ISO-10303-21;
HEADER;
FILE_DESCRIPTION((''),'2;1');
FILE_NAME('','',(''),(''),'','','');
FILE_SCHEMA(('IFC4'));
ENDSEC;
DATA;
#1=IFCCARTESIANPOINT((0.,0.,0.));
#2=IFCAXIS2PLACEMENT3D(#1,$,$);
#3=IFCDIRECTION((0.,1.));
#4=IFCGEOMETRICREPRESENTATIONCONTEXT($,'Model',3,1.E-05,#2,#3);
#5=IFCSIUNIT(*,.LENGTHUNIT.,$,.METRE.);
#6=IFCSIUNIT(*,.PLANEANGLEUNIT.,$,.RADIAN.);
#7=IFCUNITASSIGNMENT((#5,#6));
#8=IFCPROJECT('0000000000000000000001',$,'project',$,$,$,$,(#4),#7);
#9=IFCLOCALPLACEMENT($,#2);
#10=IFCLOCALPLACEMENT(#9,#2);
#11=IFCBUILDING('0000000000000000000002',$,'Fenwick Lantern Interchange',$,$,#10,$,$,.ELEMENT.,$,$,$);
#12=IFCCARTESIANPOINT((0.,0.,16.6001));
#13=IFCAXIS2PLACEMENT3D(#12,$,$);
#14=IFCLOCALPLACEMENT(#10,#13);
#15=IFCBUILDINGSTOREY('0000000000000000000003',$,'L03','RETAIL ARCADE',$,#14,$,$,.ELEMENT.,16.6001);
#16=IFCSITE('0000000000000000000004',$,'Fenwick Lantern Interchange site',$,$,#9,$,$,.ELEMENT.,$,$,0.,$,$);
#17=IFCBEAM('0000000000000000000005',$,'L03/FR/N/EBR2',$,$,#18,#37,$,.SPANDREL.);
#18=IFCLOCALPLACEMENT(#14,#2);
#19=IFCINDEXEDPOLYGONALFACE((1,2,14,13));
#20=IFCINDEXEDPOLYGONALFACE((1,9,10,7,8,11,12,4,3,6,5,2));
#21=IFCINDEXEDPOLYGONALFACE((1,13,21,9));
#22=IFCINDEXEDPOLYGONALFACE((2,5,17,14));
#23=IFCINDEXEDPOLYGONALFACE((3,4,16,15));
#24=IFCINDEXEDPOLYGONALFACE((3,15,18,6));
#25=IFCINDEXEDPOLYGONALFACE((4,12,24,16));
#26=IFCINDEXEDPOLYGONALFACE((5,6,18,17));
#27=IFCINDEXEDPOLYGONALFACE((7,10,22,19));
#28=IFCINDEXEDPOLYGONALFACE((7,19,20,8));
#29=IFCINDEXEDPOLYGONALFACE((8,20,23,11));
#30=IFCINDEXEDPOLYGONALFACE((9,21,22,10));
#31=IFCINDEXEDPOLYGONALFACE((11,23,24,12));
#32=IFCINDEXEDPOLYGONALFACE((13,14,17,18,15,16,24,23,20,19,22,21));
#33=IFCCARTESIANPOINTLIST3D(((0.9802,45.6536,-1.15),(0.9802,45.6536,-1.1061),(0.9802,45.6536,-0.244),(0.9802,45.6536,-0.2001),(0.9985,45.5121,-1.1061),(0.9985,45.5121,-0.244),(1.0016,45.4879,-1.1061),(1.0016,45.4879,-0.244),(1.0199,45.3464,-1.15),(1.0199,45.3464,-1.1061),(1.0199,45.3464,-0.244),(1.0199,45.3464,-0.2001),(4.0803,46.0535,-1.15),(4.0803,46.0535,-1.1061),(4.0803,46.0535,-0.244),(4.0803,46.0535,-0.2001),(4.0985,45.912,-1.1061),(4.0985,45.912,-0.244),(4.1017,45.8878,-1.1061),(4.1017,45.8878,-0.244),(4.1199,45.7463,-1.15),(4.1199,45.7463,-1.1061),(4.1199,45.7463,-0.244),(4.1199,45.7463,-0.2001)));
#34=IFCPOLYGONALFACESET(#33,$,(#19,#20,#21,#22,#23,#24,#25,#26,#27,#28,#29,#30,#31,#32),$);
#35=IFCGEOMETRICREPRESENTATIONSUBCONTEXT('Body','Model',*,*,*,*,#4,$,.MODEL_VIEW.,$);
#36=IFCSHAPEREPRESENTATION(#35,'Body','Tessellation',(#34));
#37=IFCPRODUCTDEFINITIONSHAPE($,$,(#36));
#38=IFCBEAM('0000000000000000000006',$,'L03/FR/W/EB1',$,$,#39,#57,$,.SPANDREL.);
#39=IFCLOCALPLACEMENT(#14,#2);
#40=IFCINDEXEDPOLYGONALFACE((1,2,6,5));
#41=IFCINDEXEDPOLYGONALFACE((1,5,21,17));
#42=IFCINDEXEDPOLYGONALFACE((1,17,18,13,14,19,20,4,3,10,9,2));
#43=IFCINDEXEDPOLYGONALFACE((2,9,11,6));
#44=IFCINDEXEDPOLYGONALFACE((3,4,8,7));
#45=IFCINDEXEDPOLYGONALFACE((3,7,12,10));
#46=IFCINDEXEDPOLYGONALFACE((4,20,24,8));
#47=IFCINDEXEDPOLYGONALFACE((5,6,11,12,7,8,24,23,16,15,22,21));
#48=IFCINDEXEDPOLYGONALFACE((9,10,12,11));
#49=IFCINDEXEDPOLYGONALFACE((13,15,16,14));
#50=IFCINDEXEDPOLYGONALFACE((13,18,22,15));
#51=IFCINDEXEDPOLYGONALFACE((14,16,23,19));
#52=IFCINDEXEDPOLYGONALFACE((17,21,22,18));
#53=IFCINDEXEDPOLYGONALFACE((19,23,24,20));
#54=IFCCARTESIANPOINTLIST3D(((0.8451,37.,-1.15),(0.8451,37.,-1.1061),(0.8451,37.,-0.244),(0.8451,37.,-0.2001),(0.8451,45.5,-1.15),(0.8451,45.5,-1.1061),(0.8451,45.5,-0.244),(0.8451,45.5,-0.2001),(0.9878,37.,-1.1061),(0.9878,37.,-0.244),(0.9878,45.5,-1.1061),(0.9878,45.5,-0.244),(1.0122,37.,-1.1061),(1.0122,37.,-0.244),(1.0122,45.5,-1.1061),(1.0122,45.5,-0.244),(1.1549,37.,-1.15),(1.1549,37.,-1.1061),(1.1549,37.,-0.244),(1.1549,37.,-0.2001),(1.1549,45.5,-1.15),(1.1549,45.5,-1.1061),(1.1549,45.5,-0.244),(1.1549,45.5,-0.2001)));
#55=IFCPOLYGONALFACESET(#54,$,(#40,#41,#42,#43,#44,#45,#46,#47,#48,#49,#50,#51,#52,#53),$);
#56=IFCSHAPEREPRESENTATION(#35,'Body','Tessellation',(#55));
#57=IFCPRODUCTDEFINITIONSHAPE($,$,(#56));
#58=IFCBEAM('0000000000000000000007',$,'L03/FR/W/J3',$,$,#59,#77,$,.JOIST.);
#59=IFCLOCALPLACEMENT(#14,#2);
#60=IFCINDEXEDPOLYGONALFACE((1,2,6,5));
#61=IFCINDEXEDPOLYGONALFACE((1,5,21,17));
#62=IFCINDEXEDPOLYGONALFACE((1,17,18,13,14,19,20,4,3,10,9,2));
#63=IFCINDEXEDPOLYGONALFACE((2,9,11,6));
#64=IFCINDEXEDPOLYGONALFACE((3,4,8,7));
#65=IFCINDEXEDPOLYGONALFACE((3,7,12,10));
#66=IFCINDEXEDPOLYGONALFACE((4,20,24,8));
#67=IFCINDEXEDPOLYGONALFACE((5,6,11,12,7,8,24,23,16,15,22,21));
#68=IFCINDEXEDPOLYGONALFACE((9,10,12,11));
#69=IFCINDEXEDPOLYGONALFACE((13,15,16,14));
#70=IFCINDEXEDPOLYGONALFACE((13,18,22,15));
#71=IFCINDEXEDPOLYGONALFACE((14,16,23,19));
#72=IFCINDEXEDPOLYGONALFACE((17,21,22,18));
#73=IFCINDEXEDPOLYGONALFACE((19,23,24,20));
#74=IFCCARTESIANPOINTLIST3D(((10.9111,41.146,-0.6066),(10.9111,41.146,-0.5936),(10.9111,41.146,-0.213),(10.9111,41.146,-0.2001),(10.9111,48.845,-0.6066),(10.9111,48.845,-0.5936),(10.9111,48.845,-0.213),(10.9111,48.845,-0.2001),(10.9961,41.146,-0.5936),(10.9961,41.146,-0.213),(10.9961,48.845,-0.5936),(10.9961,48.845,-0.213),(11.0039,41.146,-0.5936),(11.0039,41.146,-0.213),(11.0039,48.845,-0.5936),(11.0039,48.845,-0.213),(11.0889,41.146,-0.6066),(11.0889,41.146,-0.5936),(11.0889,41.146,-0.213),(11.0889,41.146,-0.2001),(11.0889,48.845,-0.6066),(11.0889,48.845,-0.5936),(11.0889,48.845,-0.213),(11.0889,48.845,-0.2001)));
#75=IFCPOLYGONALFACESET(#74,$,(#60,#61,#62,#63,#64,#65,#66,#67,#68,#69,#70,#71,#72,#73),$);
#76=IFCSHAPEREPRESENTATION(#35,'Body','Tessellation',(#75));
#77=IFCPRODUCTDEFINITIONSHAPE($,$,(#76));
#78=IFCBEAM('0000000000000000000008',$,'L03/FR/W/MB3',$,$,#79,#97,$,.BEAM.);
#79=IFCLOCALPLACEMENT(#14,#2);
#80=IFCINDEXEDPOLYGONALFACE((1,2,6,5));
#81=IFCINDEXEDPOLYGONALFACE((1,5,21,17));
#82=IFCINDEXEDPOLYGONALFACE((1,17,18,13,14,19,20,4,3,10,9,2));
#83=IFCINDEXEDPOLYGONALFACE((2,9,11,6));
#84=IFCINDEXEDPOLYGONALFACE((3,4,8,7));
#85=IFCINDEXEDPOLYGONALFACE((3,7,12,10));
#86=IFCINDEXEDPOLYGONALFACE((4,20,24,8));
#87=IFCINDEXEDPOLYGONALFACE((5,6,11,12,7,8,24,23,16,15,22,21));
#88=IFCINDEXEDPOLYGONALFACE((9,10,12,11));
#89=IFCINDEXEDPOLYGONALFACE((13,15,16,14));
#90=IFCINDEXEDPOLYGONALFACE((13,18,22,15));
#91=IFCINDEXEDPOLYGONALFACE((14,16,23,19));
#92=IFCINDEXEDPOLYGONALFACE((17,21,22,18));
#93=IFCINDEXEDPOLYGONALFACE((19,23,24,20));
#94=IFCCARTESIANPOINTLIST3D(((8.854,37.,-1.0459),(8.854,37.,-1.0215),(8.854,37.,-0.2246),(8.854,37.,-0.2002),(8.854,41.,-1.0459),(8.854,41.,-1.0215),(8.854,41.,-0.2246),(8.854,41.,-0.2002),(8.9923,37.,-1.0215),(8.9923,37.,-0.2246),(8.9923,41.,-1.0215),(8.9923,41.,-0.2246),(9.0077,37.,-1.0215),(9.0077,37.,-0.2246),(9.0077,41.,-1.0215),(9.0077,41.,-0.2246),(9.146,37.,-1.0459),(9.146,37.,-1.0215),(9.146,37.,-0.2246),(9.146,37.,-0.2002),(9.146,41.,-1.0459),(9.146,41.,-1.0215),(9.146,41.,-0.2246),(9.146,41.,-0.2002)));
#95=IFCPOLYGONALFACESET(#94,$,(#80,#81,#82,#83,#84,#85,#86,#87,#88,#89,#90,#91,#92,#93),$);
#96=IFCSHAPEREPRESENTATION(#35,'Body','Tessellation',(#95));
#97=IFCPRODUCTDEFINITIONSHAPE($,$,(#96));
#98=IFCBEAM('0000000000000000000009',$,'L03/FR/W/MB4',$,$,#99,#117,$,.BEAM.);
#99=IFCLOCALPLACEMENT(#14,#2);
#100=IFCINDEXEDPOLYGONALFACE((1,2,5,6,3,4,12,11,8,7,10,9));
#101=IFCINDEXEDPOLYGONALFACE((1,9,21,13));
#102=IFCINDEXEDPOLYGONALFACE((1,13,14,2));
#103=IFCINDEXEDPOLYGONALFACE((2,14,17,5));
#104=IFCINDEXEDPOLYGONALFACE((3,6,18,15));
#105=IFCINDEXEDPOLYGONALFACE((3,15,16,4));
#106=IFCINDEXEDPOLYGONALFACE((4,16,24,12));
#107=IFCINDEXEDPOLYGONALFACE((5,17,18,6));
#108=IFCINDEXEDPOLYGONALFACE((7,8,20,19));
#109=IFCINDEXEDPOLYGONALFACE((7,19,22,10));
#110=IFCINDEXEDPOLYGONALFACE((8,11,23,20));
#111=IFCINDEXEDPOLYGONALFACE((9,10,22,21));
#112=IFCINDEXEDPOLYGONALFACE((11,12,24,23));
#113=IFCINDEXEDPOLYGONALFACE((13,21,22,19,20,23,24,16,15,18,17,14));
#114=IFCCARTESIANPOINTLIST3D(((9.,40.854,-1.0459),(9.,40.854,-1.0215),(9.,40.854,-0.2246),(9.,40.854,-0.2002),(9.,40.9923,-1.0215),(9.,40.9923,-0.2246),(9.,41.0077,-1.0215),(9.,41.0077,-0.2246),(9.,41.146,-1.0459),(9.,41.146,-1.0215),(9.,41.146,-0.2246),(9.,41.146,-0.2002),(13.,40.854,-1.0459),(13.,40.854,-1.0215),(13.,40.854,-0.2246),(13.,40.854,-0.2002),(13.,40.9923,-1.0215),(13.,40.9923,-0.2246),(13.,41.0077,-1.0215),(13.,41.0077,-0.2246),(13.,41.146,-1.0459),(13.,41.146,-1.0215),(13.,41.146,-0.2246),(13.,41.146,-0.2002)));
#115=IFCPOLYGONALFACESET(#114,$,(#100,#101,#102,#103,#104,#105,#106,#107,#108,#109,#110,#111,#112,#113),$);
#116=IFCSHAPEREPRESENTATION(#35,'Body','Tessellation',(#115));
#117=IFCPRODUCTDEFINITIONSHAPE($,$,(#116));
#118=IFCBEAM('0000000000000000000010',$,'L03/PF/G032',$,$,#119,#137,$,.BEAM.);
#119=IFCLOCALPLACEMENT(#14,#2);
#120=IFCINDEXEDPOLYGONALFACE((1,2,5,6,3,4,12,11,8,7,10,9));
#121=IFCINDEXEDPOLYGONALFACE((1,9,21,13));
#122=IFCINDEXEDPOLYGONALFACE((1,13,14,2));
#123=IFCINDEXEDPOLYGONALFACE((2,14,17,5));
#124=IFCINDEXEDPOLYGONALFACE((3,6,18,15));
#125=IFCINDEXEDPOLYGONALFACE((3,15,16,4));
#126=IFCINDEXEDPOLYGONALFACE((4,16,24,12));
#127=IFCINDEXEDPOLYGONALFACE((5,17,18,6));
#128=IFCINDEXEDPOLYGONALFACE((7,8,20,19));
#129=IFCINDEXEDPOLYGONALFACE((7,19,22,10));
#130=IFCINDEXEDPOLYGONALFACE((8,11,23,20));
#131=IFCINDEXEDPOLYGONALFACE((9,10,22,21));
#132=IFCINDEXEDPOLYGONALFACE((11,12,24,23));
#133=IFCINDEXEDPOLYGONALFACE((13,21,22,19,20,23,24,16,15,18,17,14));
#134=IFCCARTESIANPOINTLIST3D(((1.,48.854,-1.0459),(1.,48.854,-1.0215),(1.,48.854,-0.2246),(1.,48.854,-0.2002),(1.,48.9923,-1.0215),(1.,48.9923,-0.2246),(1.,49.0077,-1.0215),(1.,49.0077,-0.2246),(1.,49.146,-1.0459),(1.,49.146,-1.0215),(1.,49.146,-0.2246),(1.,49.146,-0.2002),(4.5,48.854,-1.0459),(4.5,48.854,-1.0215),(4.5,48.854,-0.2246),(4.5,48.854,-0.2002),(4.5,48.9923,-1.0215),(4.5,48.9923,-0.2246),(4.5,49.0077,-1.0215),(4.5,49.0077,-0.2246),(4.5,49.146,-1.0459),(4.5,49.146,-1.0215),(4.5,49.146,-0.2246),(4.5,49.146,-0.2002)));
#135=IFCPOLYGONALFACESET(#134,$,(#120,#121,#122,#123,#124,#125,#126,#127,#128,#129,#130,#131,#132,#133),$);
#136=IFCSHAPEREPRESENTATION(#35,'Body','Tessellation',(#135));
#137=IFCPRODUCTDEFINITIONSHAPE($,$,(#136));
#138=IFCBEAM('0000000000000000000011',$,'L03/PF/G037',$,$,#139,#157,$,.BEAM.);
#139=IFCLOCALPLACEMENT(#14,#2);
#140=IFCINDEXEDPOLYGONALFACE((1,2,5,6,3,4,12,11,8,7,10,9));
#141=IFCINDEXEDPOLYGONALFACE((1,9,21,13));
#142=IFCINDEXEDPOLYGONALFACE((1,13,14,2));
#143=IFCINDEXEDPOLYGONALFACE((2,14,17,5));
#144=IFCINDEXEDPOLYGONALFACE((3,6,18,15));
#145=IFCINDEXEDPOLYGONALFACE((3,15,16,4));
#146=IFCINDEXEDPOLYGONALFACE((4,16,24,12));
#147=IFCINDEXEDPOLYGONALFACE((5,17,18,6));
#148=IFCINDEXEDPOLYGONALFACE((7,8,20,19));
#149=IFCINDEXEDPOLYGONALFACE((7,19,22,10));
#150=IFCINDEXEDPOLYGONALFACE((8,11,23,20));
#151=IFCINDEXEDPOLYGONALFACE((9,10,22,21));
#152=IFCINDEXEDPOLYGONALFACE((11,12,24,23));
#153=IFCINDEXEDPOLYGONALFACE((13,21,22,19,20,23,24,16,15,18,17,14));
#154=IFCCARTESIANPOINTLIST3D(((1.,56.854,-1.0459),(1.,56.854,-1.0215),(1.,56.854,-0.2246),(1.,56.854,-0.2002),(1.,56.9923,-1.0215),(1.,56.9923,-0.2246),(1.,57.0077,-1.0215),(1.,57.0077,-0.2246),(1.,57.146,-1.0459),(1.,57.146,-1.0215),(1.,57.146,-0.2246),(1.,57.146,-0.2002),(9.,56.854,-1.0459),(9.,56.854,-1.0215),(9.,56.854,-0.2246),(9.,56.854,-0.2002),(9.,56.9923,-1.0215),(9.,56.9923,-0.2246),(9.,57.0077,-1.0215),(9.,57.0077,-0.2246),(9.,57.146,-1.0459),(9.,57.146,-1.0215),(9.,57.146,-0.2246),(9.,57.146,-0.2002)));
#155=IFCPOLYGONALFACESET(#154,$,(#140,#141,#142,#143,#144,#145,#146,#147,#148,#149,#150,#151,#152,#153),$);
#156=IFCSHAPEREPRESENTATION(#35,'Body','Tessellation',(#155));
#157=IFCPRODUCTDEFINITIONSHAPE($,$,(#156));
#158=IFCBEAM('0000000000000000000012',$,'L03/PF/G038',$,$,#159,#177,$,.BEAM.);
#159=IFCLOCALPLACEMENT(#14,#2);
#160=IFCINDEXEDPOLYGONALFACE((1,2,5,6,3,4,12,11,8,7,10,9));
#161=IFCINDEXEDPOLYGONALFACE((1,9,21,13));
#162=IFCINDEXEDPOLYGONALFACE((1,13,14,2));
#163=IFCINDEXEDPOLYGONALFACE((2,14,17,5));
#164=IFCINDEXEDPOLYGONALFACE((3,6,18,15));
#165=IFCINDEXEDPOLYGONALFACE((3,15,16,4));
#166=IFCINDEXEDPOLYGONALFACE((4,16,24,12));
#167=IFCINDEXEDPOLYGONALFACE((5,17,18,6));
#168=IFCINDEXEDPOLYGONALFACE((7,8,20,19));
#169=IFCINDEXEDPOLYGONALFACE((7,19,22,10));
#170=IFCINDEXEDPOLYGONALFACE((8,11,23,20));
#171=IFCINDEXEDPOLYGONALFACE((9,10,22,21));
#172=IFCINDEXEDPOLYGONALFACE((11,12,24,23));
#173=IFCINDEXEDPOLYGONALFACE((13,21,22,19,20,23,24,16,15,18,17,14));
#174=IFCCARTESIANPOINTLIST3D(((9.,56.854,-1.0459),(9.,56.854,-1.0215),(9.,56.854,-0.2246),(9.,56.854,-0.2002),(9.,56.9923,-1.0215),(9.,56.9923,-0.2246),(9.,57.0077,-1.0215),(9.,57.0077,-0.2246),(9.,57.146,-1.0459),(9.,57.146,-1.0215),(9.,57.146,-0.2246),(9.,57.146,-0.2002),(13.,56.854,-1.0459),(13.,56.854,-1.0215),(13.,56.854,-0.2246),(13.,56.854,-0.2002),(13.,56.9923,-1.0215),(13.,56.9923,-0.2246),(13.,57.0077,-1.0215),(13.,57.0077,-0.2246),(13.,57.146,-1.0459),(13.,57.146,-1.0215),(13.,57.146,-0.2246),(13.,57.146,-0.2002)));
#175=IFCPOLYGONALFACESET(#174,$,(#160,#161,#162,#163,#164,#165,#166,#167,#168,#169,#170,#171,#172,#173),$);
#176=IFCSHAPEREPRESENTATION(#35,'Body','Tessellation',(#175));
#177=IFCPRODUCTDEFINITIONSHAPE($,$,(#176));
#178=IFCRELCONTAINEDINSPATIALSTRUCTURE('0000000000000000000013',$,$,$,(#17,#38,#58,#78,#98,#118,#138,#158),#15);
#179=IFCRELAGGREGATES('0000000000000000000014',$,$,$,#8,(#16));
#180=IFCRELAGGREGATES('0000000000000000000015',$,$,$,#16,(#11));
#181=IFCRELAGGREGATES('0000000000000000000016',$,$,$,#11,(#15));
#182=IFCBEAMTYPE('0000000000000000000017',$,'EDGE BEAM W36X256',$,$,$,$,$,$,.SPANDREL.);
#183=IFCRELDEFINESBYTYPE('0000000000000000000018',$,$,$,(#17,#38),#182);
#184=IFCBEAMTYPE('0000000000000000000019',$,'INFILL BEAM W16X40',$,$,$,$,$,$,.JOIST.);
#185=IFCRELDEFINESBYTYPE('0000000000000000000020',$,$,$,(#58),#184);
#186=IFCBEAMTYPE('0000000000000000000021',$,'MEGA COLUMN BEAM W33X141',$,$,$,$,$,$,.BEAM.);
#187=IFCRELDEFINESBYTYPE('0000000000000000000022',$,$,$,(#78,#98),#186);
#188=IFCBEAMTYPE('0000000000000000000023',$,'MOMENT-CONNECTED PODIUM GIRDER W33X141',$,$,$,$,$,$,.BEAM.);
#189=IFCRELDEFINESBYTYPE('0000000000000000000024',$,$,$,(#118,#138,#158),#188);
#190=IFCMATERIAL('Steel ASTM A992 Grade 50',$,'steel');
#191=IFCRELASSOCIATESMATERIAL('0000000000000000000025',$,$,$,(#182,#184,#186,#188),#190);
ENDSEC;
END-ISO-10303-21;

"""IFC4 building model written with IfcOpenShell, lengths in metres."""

from ifc_helpers import new_model, si_unit, direction, frame, origin, origin_2d, place, context, subcontext, project, spatial, i_section, extrude, material, material_profile, profile_set, type_object, element, save


model = new_model("IFC4")

# Units and contexts
model_context = context("Model", 3, precision=1e-05, world=origin(), true_north=direction((0.0, 1.0)))
body_context = subcontext(model_context, "Body", "Model", "MODEL_VIEW")
ifc_project = project(units=[si_unit("LENGTHUNIT", "METRE"), si_unit("PLANEANGLEUNIT", "RADIAN")], contexts=[model_context])

# Site, building, storey
site_placement = place(None, origin())
site = spatial("IfcSite", under=ifc_project, at=site_placement, Name="Fenwick Lantern Interchange site", CompositionType="ELEMENT", RefElevation=0.0)
building_placement = place(site_placement, origin())
building = spatial("IfcBuilding", under=site, at=building_placement, Name="Fenwick Lantern Interchange", CompositionType="ELEMENT")
storey_placement = place(building_placement, frame((0.0, 0.0, 16.6001)))
storey = spatial("IfcBuildingStorey", under=building, at=storey_placement, Name="L03", Description="RETAIL ARCADE", CompositionType="ELEMENT", Elevation=16.6001)

# Shared definitions
ifc_material_1 = material(Name="Steel ASTM A992 Grade 50", Category="steel")

# Beams
ifc_material_profile_1 = material_profile(ifc_material_1, i_section(OverallWidth=0.3098, OverallDepth=0.95, WebThickness=0.0244, FlangeThickness=0.0439, at=origin_2d()), Name="W36X256")
ifc_profile_set_1 = profile_set([ifc_material_profile_1], Name="Steel ASTM A992 Grade 50")
beam_type_1 = type_object("IfcBeamType", Name="EDGE BEAM W36X256", PredefinedType="SPANDREL", material=ifc_profile_set_1)
for number, where, z_axis, x_axis, name in (
    (1, (4.1001, 45.8999, -0.675), (-0.991782, -0.127937, 0.0), (0.127937, -0.991782, 0.0), "L03/FR/N/EBR2"),
):
    element("IfcBeam", number, at=place(storey_placement, frame(where, z_axis=z_axis, x_axis=x_axis)), inside=storey, type_object=beam_type_1, Name=name, PredefinedType="SPANDREL", context=body_context, shape_type="SweptSolid", body=[
        extrude(i_section(OverallWidth=0.3098, OverallDepth=0.95, WebThickness=0.0244, FlangeThickness=0.0439, at=origin_2d()), origin(), (0.0, 0.0, 1.0), 3.1257),
    ])
beam_1_placement = place(storey_placement, frame((1.0, 45.5, -0.675), z_axis=(0.0, -1.0, 0.0), x_axis=(1.0, 0.0, 0.0)))
element("IfcBeam", 2, at=beam_1_placement, inside=storey, type_object=beam_type_1, Name="L03/FR/W/EB1", PredefinedType="SPANDREL", context=body_context, shape_type="SweptSolid", body=[
    extrude(i_section(OverallWidth=0.3098, OverallDepth=0.95, WebThickness=0.0244, FlangeThickness=0.0439, at=origin_2d()), origin(), (0.0, 0.0, 1.0), 8.5),
])
ifc_material_profile_2 = material_profile(ifc_material_1, i_section(OverallWidth=0.1777, OverallDepth=0.4065, WebThickness=0.0078, FlangeThickness=0.0129, at=origin_2d()), Name="W16X40")
ifc_profile_set_2 = profile_set([ifc_material_profile_2], Name="Steel ASTM A992 Grade 50")
beam_type_2 = type_object("IfcBeamType", Name="INFILL BEAM W16X40", PredefinedType="JOIST", material=ifc_profile_set_2)
beam_2_placement = place(storey_placement, frame((11.0, 48.845, -0.4033), z_axis=(0.0, -1.0, 0.0), x_axis=(1.0, 0.0, 0.0)))
element("IfcBeam", 3, at=beam_2_placement, inside=storey, type_object=beam_type_2, Name="L03/FR/W/J3", PredefinedType="JOIST", context=body_context, shape_type="SweptSolid", body=[
    extrude(i_section(OverallWidth=0.1777, OverallDepth=0.4065, WebThickness=0.0078, FlangeThickness=0.0129, at=origin_2d()), origin(), (0.0, 0.0, 1.0), 7.699),
])
ifc_material_profile_3 = material_profile(ifc_material_1, i_section(OverallWidth=0.292, OverallDepth=0.8457, WebThickness=0.0154, FlangeThickness=0.0244, at=origin_2d()), Name="W33X141")
ifc_profile_set_3 = profile_set([ifc_material_profile_3], Name="Steel ASTM A992 Grade 50")
beam_type_3 = type_object("IfcBeamType", Name="MEGA COLUMN BEAM W33X141", PredefinedType="BEAM", material=ifc_profile_set_3)
for number, where, z_axis, x_axis, name in (
    (4, (9.0, 41.0, -0.623), (0.0, -1.0, 0.0), (1.0, 0.0, 0.0), "L03/FR/W/MB3"),
    (5, (9.0, 41.0, -0.623), (1.0, 0.0, 0.0), (0.0, 1.0, 0.0), "L03/FR/W/MB4"),
):
    element("IfcBeam", number, at=place(storey_placement, frame(where, z_axis=z_axis, x_axis=x_axis)), inside=storey, type_object=beam_type_3, Name=name, PredefinedType="BEAM", context=body_context, shape_type="SweptSolid", body=[
        extrude(i_section(OverallWidth=0.292, OverallDepth=0.8457, WebThickness=0.0154, FlangeThickness=0.0244, at=origin_2d()), origin(), (0.0, 0.0, 1.0), 4.0),
    ])
ifc_material_profile_4 = material_profile(ifc_material_1, i_section(OverallWidth=0.292, OverallDepth=0.8457, WebThickness=0.0154, FlangeThickness=0.0244, at=origin_2d()), Name="W33X141")
ifc_profile_set_4 = profile_set([ifc_material_profile_4], Name="Steel ASTM A992 Grade 50")
beam_type_4 = type_object("IfcBeamType", Name="MOMENT-CONNECTED PODIUM GIRDER W33X141", PredefinedType="BEAM", material=ifc_profile_set_4)
beam_3_placement = place(storey_placement, frame((1.0, 49.0, -0.623), z_axis=(1.0, 0.0, 0.0), x_axis=(0.0, 1.0, 0.0)))
element("IfcBeam", 6, at=beam_3_placement, inside=storey, type_object=beam_type_4, Name="L03/PF/G032", PredefinedType="BEAM", context=body_context, shape_type="SweptSolid", body=[
    extrude(i_section(OverallWidth=0.292, OverallDepth=0.8457, WebThickness=0.0154, FlangeThickness=0.0244, at=origin_2d()), origin(), (0.0, 0.0, 1.0), 3.5),
])
beam_4_placement = place(storey_placement, frame((1.0, 57.0, -0.623), z_axis=(1.0, 0.0, 0.0), x_axis=(0.0, 1.0, 0.0)))
element("IfcBeam", 7, at=beam_4_placement, inside=storey, type_object=beam_type_4, Name="L03/PF/G037", PredefinedType="BEAM", context=body_context, shape_type="SweptSolid", body=[
    extrude(i_section(OverallWidth=0.292, OverallDepth=0.8457, WebThickness=0.0154, FlangeThickness=0.0244, at=origin_2d()), origin(), (0.0, 0.0, 1.0), 8.0),
])
beam_5_placement = place(storey_placement, frame((9.0, 57.0, -0.623), z_axis=(1.0, 0.0, 0.0), x_axis=(0.0, 1.0, 0.0)))
element("IfcBeam", 8, at=beam_5_placement, inside=storey, type_object=beam_type_4, Name="L03/PF/G038", PredefinedType="BEAM", context=body_context, shape_type="SweptSolid", body=[
    extrude(i_section(OverallWidth=0.292, OverallDepth=0.8457, WebThickness=0.0154, FlangeThickness=0.0244, at=origin_2d()), origin(), (0.0, 0.0, 1.0), 4.0),
])

save(model, "model.ifc")
